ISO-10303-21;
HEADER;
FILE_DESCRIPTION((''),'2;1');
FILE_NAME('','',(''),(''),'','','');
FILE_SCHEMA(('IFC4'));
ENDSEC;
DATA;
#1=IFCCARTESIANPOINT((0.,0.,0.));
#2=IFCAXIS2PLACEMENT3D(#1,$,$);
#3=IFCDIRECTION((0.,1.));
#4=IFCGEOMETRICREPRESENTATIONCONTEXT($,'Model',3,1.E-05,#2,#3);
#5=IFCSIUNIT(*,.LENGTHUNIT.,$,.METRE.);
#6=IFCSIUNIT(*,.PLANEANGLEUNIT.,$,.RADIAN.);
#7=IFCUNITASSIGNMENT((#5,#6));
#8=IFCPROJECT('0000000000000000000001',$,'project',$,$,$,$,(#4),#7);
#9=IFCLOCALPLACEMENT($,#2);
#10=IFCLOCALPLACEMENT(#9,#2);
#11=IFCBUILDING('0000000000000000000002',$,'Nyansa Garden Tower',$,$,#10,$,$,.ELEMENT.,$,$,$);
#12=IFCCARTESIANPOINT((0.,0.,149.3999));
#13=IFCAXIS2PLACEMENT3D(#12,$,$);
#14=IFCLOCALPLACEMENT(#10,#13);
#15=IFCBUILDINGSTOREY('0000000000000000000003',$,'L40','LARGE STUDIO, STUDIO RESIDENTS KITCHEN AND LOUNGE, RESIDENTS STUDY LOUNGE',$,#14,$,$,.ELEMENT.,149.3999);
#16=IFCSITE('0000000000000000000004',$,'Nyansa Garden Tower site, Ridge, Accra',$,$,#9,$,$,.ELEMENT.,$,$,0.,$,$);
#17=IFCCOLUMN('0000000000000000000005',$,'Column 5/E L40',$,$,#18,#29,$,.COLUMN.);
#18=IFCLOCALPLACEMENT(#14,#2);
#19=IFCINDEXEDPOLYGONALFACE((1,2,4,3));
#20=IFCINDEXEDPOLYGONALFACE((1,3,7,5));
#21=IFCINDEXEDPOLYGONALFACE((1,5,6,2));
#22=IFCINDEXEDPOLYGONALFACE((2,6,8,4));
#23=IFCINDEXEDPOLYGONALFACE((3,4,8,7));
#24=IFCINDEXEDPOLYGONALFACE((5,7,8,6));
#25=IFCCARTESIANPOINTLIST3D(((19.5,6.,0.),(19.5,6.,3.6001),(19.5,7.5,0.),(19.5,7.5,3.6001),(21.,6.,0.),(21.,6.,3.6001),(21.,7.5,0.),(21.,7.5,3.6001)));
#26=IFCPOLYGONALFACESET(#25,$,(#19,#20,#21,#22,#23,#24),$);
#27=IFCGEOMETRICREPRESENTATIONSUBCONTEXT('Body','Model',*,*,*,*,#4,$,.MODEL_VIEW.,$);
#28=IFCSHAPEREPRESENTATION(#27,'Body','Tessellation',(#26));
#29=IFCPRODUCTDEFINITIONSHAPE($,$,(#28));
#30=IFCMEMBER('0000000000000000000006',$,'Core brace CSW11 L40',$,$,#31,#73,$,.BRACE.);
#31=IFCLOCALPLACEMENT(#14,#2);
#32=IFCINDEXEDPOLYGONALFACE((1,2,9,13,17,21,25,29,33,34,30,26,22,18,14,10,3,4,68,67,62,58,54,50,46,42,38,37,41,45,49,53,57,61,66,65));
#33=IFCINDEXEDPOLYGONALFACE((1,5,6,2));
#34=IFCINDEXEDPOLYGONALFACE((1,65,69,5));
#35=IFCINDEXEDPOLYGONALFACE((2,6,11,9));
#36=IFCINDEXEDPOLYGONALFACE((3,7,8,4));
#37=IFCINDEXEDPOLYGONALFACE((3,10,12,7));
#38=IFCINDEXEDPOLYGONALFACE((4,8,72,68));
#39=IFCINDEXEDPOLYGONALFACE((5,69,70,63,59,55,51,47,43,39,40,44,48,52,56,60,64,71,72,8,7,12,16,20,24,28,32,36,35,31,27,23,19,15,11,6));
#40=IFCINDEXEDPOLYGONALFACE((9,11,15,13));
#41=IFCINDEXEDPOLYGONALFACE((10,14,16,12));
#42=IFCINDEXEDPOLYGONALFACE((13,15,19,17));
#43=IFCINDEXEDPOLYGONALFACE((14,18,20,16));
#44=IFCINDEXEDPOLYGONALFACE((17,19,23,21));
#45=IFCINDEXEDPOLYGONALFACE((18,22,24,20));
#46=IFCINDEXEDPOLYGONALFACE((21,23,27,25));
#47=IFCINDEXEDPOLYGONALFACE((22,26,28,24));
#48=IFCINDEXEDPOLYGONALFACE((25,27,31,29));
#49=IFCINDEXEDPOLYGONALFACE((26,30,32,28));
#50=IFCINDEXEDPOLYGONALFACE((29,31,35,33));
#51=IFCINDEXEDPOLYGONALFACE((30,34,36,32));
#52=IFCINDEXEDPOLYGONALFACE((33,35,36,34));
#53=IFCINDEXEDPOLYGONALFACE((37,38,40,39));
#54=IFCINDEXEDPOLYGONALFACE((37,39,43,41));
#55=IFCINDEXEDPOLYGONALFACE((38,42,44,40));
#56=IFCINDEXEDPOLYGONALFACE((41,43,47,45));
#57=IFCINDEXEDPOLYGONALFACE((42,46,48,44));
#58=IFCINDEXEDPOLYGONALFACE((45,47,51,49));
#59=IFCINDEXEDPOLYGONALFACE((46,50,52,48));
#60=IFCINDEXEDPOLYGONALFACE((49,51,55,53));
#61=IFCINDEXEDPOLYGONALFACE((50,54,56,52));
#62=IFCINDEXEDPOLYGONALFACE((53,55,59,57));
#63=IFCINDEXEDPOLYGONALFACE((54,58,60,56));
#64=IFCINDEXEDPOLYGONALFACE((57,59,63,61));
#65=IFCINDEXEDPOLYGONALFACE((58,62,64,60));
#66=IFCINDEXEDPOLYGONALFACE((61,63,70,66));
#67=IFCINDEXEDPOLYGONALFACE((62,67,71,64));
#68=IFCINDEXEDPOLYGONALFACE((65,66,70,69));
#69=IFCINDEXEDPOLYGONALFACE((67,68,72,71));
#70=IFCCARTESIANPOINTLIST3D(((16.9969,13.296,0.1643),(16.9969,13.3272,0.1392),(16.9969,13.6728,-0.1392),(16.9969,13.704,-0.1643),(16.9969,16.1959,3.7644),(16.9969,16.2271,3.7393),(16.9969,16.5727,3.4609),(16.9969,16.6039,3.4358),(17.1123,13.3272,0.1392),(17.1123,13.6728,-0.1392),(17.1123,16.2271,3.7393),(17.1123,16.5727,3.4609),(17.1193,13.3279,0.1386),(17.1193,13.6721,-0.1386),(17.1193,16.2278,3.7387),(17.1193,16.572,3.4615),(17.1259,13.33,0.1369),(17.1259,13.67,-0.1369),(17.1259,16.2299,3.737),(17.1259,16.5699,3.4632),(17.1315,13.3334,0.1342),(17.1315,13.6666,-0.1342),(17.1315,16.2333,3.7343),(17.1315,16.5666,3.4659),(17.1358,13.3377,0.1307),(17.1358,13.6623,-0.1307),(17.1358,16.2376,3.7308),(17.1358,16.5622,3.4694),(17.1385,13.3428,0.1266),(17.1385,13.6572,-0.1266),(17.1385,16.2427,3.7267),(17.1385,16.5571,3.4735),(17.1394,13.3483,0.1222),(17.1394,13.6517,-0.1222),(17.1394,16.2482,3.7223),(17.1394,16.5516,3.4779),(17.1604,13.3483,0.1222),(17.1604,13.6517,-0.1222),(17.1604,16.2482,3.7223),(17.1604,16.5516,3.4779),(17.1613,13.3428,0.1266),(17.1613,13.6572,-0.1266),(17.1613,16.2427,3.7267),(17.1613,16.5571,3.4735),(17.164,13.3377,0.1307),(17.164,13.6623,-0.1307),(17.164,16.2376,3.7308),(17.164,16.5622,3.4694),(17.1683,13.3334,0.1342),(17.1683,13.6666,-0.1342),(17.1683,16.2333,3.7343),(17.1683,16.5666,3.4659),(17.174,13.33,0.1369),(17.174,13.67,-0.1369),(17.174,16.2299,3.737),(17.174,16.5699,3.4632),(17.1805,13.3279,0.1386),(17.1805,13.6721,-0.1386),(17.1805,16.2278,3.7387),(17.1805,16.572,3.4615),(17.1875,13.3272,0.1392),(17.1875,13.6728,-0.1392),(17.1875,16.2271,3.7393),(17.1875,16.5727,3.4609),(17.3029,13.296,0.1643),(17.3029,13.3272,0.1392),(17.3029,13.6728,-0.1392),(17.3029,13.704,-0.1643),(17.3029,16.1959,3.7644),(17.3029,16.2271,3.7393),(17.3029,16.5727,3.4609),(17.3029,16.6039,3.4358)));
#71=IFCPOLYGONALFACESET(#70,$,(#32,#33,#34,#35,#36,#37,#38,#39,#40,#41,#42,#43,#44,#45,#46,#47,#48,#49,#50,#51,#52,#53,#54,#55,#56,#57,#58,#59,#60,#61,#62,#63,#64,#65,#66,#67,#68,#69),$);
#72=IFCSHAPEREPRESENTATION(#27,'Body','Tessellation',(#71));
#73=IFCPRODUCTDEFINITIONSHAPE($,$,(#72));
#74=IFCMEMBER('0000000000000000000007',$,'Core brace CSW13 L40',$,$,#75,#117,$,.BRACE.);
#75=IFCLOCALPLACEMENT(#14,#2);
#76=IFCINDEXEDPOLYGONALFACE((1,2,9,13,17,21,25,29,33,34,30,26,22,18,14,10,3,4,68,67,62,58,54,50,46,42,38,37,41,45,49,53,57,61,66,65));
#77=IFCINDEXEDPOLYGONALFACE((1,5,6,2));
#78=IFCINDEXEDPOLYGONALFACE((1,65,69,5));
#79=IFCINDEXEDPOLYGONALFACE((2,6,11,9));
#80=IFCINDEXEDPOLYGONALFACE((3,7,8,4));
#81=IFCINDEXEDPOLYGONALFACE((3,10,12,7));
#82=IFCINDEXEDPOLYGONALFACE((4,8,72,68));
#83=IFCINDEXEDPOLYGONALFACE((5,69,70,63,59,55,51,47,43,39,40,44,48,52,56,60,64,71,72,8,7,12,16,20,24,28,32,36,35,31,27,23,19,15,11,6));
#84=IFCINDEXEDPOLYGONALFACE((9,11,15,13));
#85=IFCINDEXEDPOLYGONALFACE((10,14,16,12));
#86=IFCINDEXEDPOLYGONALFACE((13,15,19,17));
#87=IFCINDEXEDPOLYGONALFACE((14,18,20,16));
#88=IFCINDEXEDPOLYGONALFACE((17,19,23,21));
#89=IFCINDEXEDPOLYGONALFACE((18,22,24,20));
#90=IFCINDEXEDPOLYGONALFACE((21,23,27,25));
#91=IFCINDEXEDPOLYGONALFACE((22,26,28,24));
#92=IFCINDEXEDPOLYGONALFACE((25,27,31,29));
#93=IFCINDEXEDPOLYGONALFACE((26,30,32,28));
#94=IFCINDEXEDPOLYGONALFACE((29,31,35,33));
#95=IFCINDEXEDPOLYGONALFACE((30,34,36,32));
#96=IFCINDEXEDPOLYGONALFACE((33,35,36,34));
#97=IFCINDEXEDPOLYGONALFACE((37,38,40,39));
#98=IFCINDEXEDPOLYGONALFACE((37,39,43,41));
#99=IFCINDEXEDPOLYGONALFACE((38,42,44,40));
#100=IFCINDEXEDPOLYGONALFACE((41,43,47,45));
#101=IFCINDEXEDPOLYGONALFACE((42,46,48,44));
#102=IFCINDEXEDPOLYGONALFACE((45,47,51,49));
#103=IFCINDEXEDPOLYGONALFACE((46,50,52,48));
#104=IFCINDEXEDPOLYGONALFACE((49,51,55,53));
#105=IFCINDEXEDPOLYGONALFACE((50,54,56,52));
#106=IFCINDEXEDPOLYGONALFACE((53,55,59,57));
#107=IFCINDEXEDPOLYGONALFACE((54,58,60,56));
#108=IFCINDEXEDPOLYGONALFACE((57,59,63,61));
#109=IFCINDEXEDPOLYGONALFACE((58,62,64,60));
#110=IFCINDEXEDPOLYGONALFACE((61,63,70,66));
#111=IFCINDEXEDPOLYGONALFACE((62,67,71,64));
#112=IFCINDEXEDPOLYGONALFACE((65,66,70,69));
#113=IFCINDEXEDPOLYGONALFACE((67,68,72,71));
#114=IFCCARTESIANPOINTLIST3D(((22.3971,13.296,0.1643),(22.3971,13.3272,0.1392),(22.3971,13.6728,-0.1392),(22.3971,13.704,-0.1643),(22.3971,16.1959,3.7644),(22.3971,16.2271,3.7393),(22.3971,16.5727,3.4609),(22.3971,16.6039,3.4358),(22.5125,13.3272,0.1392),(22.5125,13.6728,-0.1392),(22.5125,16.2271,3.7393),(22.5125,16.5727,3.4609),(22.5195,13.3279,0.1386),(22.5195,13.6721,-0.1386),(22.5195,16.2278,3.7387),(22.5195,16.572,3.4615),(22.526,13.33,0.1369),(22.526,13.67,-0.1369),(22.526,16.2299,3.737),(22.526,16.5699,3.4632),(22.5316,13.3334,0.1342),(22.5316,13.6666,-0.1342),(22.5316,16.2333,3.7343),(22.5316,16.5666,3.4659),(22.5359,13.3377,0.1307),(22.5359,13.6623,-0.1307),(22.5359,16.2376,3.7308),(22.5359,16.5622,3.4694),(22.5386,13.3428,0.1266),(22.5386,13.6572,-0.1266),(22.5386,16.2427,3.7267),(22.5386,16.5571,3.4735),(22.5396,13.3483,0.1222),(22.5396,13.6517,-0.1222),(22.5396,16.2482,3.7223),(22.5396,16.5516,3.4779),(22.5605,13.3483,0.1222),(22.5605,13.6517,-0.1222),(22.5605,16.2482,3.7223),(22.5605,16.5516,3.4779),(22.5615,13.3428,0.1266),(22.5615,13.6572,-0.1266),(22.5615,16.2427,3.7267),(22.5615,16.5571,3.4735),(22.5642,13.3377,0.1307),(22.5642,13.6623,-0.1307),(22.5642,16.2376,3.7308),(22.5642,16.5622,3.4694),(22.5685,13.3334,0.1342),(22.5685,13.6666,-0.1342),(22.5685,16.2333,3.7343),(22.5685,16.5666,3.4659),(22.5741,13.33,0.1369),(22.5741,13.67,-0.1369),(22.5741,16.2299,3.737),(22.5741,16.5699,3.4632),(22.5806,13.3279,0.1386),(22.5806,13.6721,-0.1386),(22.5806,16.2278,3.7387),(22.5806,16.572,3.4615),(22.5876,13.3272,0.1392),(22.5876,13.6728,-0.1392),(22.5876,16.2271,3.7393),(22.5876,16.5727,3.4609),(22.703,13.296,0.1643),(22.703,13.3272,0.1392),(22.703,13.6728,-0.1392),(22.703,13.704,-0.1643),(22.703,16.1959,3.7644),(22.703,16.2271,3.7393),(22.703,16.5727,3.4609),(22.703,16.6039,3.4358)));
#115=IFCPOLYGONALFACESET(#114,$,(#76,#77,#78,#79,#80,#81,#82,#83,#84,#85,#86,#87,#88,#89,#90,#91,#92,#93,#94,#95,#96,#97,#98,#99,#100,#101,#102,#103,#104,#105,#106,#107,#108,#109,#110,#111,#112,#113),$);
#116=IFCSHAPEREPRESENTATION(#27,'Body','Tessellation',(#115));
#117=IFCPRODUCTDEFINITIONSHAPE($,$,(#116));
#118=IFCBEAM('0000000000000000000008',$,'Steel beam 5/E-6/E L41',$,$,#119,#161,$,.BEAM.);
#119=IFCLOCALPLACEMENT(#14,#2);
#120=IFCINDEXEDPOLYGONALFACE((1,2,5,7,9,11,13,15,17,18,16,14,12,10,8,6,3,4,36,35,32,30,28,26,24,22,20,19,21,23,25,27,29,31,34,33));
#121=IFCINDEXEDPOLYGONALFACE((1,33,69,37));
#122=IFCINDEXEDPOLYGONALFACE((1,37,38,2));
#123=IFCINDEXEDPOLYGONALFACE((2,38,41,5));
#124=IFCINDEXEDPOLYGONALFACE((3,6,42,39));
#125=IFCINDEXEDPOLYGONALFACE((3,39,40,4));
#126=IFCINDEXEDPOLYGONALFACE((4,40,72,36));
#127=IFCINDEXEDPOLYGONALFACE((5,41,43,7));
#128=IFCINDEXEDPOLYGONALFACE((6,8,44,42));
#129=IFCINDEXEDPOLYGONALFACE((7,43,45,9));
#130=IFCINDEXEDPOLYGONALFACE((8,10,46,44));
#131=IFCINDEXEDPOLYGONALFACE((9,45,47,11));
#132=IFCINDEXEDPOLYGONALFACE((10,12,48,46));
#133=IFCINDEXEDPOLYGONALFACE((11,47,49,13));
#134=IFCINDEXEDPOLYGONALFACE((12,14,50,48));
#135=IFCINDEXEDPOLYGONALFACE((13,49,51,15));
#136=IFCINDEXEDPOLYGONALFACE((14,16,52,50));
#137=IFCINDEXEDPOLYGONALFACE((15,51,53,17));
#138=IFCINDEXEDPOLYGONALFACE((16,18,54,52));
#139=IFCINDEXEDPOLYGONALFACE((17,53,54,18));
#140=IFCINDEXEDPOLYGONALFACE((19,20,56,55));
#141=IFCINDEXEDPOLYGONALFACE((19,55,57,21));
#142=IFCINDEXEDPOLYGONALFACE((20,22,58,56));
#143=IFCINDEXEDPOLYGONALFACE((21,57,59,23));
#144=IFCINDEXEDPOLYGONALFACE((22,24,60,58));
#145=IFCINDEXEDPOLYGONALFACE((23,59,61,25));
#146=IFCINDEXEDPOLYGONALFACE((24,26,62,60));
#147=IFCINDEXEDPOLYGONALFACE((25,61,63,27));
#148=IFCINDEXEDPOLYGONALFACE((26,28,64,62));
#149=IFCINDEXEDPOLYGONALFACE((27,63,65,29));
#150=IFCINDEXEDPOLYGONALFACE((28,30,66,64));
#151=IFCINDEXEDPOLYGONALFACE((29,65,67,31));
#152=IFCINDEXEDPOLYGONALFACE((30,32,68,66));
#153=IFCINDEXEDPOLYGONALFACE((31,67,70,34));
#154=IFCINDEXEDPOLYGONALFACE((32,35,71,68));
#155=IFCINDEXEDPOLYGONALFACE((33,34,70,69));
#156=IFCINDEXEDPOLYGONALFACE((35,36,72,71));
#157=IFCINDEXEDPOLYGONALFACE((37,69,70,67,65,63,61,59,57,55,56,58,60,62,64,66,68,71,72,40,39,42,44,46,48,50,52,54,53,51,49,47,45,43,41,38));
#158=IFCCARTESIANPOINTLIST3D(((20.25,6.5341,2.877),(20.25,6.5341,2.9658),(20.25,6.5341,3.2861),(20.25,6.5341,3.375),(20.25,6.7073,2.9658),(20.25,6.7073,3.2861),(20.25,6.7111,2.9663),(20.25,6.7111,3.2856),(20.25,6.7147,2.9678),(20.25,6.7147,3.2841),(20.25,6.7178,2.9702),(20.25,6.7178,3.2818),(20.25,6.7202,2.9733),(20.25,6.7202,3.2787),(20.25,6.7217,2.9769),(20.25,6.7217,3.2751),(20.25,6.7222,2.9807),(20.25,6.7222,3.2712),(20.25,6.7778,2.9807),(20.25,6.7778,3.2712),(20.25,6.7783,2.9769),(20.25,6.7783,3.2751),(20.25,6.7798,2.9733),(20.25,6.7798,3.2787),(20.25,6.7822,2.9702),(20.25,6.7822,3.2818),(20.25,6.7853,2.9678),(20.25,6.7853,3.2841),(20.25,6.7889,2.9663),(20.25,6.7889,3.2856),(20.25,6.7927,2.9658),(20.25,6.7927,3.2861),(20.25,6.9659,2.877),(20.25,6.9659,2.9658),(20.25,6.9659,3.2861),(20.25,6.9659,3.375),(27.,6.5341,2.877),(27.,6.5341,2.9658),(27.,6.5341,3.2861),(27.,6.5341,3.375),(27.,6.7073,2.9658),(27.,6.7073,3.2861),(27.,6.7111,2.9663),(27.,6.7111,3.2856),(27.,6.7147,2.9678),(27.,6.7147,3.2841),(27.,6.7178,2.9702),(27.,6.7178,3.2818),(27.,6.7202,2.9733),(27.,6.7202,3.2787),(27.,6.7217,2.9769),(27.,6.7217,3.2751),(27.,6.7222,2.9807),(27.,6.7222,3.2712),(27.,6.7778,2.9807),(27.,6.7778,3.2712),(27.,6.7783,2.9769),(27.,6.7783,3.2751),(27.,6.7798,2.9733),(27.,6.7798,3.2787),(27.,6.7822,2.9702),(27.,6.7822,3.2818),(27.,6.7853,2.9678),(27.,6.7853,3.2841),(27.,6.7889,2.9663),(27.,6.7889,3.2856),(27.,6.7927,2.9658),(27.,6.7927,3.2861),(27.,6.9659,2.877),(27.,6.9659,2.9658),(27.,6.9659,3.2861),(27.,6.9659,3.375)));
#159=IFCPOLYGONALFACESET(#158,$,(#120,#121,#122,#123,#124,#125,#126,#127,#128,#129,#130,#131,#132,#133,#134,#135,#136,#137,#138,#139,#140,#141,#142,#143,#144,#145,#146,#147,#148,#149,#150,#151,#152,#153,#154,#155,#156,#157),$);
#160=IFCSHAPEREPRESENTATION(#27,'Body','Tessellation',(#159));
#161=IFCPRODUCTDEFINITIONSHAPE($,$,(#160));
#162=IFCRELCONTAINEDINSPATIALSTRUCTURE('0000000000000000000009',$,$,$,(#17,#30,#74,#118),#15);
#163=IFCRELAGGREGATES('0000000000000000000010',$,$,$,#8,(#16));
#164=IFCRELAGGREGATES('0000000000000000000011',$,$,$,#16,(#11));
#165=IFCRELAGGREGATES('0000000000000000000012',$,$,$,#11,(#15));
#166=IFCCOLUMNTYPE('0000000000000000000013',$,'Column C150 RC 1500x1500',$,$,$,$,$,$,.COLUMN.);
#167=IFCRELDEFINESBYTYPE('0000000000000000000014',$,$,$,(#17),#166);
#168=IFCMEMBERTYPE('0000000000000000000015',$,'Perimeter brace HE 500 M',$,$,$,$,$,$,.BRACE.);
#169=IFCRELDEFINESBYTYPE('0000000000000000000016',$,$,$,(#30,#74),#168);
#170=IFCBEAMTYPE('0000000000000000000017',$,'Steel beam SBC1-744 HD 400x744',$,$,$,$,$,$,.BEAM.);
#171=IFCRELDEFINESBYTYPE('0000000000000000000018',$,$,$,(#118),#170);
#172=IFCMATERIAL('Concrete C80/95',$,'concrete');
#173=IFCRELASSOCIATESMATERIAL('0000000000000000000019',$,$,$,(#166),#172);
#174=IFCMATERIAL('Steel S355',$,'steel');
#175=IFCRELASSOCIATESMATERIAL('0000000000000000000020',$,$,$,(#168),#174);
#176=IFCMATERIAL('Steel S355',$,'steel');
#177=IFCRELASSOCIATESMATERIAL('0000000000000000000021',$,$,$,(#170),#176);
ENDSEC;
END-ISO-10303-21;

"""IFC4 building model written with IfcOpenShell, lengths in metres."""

from ifc_helpers import new_model, si_unit, direction, frame, origin, origin_2d, place, context, subcontext, project, spatial, rectangle, i_section, extrude, material, material_profile, profile_set, type_object, element, save


model = new_model("IFC4")

# Units and contexts
model_context = context("Model", 3, precision=1e-05, world=origin(), true_north=direction((0.0, 1.0)))
body_context = subcontext(model_context, "Body", "Model", "MODEL_VIEW")
ifc_project = project(units=[si_unit("LENGTHUNIT", "METRE"), si_unit("PLANEANGLEUNIT", "RADIAN")], contexts=[model_context])

# Site, building, storey
site_placement = place(None, origin())
site = spatial("IfcSite", under=ifc_project, at=site_placement, Name="Nyansa Garden Tower site, Ridge, Accra", CompositionType="ELEMENT", RefElevation=0.0)
building_placement = place(site_placement, origin())
building = spatial("IfcBuilding", under=site, at=building_placement, Name="Nyansa Garden Tower", CompositionType="ELEMENT")
storey_placement = place(building_placement, frame((0.0, 0.0, 149.3999)))
storey = spatial("IfcBuildingStorey", under=building, at=storey_placement, Name="L40", Description="LARGE STUDIO, STUDIO RESIDENTS KITCHEN AND LOUNGE, RESIDENTS STUDY LOUNGE", CompositionType="ELEMENT", Elevation=149.3999)

# Column
ifc_material_1 = material(Name="Concrete C80/95", Category="concrete")
ifc_material_profile_1 = material_profile(ifc_material_1, rectangle(XDim=1.5, YDim=1.5, at=origin_2d()), Name="RC 1500x1500")
ifc_profile_set_1 = profile_set([ifc_material_profile_1], Name="Concrete C80/95")
column_type = type_object("IfcColumnType", Name="Column C150 RC 1500x1500", PredefinedType="COLUMN", material=ifc_profile_set_1)
column_placement = place(storey_placement, frame((20.25, 6.75, 0.0), z_axis=(0.0, 0.0, 1.0), x_axis=(1.0, 0.0, 0.0)))
element("IfcColumn", 1, at=column_placement, inside=storey, type_object=column_type, Name="Column 5/E L40", PredefinedType="COLUMN", context=body_context, shape_type="SweptSolid", body=[
    extrude(rectangle(XDim=1.5, YDim=1.5, at=origin_2d()), origin(), (0.0, 0.0, 1.0), 3.6001),
])

# Members
ifc_material_2 = material(Name="Steel S355", Category="steel")
ifc_material_profile_2 = material_profile(ifc_material_2, i_section(OverallWidth=0.3059, OverallDepth=0.5239, WebThickness=0.021, FlangeThickness=0.04, FilletRadius=0.0271, at=origin_2d()), Name="HE 500 M")
ifc_profile_set_2 = profile_set([ifc_material_profile_2], Name="Steel S355")
member_type = type_object("IfcMemberType", Name="Perimeter brace HE 500 M", PredefinedType="BRACE", material=ifc_profile_set_2)
for number, where, z_axis, x_axis, name in (
    (2, (17.1499, 13.5, 0.0), (0.0, 0.627306, 0.778773), (-1.0, 0.0, 0.0), "Core brace CSW11 L40"),
    (3, (22.55, 13.5, 0.0), (0.0, 0.627306, 0.778773), (-1.0, 0.0, 0.0), "Core brace CSW13 L40"),
):
    element("IfcMember", number, at=place(storey_placement, frame(where, z_axis=z_axis, x_axis=x_axis)), inside=storey, type_object=member_type, Name=name, PredefinedType="BRACE", context=body_context, shape_type="SweptSolid", body=[
        extrude(i_section(OverallWidth=0.3059, OverallDepth=0.5239, WebThickness=0.021, FlangeThickness=0.04, FilletRadius=0.0271, at=origin_2d()), origin(), (0.0, 0.0, 1.0), 4.6228),
    ])

# Beam
ifc_material_3 = material(Name="Steel S355", Category="steel")
ifc_material_profile_3 = material_profile(ifc_material_3, i_section(OverallWidth=0.4319, OverallDepth=0.498, WebThickness=0.0557, FlangeThickness=0.0889, FilletRadius=0.0149, at=origin_2d()), Name="HD 400x744")
ifc_profile_set_3 = profile_set([ifc_material_profile_3], Name="Steel S355")
beam_type_1 = type_object("IfcBeamType", Name="Steel beam SBC1-744 HD 400x744", PredefinedType="BEAM", material=ifc_profile_set_3)
beam_1_placement = place(storey_placement, frame((20.25, 6.75, 3.126), z_axis=(1.0, 0.0, 0.0), x_axis=(0.0, 1.0, 0.0)))
element("IfcBeam", 4, at=beam_1_placement, inside=storey, type_object=beam_type_1, Name="Steel beam 5/E-6/E L41", PredefinedType="BEAM", context=body_context, shape_type="SweptSolid", body=[
    extrude(i_section(OverallWidth=0.4319, OverallDepth=0.498, WebThickness=0.0557, FlangeThickness=0.0889, FilletRadius=0.0149, at=origin_2d()), origin(), (0.0, 0.0, 1.0), 6.75),
])

save(model, "model.ifc")
